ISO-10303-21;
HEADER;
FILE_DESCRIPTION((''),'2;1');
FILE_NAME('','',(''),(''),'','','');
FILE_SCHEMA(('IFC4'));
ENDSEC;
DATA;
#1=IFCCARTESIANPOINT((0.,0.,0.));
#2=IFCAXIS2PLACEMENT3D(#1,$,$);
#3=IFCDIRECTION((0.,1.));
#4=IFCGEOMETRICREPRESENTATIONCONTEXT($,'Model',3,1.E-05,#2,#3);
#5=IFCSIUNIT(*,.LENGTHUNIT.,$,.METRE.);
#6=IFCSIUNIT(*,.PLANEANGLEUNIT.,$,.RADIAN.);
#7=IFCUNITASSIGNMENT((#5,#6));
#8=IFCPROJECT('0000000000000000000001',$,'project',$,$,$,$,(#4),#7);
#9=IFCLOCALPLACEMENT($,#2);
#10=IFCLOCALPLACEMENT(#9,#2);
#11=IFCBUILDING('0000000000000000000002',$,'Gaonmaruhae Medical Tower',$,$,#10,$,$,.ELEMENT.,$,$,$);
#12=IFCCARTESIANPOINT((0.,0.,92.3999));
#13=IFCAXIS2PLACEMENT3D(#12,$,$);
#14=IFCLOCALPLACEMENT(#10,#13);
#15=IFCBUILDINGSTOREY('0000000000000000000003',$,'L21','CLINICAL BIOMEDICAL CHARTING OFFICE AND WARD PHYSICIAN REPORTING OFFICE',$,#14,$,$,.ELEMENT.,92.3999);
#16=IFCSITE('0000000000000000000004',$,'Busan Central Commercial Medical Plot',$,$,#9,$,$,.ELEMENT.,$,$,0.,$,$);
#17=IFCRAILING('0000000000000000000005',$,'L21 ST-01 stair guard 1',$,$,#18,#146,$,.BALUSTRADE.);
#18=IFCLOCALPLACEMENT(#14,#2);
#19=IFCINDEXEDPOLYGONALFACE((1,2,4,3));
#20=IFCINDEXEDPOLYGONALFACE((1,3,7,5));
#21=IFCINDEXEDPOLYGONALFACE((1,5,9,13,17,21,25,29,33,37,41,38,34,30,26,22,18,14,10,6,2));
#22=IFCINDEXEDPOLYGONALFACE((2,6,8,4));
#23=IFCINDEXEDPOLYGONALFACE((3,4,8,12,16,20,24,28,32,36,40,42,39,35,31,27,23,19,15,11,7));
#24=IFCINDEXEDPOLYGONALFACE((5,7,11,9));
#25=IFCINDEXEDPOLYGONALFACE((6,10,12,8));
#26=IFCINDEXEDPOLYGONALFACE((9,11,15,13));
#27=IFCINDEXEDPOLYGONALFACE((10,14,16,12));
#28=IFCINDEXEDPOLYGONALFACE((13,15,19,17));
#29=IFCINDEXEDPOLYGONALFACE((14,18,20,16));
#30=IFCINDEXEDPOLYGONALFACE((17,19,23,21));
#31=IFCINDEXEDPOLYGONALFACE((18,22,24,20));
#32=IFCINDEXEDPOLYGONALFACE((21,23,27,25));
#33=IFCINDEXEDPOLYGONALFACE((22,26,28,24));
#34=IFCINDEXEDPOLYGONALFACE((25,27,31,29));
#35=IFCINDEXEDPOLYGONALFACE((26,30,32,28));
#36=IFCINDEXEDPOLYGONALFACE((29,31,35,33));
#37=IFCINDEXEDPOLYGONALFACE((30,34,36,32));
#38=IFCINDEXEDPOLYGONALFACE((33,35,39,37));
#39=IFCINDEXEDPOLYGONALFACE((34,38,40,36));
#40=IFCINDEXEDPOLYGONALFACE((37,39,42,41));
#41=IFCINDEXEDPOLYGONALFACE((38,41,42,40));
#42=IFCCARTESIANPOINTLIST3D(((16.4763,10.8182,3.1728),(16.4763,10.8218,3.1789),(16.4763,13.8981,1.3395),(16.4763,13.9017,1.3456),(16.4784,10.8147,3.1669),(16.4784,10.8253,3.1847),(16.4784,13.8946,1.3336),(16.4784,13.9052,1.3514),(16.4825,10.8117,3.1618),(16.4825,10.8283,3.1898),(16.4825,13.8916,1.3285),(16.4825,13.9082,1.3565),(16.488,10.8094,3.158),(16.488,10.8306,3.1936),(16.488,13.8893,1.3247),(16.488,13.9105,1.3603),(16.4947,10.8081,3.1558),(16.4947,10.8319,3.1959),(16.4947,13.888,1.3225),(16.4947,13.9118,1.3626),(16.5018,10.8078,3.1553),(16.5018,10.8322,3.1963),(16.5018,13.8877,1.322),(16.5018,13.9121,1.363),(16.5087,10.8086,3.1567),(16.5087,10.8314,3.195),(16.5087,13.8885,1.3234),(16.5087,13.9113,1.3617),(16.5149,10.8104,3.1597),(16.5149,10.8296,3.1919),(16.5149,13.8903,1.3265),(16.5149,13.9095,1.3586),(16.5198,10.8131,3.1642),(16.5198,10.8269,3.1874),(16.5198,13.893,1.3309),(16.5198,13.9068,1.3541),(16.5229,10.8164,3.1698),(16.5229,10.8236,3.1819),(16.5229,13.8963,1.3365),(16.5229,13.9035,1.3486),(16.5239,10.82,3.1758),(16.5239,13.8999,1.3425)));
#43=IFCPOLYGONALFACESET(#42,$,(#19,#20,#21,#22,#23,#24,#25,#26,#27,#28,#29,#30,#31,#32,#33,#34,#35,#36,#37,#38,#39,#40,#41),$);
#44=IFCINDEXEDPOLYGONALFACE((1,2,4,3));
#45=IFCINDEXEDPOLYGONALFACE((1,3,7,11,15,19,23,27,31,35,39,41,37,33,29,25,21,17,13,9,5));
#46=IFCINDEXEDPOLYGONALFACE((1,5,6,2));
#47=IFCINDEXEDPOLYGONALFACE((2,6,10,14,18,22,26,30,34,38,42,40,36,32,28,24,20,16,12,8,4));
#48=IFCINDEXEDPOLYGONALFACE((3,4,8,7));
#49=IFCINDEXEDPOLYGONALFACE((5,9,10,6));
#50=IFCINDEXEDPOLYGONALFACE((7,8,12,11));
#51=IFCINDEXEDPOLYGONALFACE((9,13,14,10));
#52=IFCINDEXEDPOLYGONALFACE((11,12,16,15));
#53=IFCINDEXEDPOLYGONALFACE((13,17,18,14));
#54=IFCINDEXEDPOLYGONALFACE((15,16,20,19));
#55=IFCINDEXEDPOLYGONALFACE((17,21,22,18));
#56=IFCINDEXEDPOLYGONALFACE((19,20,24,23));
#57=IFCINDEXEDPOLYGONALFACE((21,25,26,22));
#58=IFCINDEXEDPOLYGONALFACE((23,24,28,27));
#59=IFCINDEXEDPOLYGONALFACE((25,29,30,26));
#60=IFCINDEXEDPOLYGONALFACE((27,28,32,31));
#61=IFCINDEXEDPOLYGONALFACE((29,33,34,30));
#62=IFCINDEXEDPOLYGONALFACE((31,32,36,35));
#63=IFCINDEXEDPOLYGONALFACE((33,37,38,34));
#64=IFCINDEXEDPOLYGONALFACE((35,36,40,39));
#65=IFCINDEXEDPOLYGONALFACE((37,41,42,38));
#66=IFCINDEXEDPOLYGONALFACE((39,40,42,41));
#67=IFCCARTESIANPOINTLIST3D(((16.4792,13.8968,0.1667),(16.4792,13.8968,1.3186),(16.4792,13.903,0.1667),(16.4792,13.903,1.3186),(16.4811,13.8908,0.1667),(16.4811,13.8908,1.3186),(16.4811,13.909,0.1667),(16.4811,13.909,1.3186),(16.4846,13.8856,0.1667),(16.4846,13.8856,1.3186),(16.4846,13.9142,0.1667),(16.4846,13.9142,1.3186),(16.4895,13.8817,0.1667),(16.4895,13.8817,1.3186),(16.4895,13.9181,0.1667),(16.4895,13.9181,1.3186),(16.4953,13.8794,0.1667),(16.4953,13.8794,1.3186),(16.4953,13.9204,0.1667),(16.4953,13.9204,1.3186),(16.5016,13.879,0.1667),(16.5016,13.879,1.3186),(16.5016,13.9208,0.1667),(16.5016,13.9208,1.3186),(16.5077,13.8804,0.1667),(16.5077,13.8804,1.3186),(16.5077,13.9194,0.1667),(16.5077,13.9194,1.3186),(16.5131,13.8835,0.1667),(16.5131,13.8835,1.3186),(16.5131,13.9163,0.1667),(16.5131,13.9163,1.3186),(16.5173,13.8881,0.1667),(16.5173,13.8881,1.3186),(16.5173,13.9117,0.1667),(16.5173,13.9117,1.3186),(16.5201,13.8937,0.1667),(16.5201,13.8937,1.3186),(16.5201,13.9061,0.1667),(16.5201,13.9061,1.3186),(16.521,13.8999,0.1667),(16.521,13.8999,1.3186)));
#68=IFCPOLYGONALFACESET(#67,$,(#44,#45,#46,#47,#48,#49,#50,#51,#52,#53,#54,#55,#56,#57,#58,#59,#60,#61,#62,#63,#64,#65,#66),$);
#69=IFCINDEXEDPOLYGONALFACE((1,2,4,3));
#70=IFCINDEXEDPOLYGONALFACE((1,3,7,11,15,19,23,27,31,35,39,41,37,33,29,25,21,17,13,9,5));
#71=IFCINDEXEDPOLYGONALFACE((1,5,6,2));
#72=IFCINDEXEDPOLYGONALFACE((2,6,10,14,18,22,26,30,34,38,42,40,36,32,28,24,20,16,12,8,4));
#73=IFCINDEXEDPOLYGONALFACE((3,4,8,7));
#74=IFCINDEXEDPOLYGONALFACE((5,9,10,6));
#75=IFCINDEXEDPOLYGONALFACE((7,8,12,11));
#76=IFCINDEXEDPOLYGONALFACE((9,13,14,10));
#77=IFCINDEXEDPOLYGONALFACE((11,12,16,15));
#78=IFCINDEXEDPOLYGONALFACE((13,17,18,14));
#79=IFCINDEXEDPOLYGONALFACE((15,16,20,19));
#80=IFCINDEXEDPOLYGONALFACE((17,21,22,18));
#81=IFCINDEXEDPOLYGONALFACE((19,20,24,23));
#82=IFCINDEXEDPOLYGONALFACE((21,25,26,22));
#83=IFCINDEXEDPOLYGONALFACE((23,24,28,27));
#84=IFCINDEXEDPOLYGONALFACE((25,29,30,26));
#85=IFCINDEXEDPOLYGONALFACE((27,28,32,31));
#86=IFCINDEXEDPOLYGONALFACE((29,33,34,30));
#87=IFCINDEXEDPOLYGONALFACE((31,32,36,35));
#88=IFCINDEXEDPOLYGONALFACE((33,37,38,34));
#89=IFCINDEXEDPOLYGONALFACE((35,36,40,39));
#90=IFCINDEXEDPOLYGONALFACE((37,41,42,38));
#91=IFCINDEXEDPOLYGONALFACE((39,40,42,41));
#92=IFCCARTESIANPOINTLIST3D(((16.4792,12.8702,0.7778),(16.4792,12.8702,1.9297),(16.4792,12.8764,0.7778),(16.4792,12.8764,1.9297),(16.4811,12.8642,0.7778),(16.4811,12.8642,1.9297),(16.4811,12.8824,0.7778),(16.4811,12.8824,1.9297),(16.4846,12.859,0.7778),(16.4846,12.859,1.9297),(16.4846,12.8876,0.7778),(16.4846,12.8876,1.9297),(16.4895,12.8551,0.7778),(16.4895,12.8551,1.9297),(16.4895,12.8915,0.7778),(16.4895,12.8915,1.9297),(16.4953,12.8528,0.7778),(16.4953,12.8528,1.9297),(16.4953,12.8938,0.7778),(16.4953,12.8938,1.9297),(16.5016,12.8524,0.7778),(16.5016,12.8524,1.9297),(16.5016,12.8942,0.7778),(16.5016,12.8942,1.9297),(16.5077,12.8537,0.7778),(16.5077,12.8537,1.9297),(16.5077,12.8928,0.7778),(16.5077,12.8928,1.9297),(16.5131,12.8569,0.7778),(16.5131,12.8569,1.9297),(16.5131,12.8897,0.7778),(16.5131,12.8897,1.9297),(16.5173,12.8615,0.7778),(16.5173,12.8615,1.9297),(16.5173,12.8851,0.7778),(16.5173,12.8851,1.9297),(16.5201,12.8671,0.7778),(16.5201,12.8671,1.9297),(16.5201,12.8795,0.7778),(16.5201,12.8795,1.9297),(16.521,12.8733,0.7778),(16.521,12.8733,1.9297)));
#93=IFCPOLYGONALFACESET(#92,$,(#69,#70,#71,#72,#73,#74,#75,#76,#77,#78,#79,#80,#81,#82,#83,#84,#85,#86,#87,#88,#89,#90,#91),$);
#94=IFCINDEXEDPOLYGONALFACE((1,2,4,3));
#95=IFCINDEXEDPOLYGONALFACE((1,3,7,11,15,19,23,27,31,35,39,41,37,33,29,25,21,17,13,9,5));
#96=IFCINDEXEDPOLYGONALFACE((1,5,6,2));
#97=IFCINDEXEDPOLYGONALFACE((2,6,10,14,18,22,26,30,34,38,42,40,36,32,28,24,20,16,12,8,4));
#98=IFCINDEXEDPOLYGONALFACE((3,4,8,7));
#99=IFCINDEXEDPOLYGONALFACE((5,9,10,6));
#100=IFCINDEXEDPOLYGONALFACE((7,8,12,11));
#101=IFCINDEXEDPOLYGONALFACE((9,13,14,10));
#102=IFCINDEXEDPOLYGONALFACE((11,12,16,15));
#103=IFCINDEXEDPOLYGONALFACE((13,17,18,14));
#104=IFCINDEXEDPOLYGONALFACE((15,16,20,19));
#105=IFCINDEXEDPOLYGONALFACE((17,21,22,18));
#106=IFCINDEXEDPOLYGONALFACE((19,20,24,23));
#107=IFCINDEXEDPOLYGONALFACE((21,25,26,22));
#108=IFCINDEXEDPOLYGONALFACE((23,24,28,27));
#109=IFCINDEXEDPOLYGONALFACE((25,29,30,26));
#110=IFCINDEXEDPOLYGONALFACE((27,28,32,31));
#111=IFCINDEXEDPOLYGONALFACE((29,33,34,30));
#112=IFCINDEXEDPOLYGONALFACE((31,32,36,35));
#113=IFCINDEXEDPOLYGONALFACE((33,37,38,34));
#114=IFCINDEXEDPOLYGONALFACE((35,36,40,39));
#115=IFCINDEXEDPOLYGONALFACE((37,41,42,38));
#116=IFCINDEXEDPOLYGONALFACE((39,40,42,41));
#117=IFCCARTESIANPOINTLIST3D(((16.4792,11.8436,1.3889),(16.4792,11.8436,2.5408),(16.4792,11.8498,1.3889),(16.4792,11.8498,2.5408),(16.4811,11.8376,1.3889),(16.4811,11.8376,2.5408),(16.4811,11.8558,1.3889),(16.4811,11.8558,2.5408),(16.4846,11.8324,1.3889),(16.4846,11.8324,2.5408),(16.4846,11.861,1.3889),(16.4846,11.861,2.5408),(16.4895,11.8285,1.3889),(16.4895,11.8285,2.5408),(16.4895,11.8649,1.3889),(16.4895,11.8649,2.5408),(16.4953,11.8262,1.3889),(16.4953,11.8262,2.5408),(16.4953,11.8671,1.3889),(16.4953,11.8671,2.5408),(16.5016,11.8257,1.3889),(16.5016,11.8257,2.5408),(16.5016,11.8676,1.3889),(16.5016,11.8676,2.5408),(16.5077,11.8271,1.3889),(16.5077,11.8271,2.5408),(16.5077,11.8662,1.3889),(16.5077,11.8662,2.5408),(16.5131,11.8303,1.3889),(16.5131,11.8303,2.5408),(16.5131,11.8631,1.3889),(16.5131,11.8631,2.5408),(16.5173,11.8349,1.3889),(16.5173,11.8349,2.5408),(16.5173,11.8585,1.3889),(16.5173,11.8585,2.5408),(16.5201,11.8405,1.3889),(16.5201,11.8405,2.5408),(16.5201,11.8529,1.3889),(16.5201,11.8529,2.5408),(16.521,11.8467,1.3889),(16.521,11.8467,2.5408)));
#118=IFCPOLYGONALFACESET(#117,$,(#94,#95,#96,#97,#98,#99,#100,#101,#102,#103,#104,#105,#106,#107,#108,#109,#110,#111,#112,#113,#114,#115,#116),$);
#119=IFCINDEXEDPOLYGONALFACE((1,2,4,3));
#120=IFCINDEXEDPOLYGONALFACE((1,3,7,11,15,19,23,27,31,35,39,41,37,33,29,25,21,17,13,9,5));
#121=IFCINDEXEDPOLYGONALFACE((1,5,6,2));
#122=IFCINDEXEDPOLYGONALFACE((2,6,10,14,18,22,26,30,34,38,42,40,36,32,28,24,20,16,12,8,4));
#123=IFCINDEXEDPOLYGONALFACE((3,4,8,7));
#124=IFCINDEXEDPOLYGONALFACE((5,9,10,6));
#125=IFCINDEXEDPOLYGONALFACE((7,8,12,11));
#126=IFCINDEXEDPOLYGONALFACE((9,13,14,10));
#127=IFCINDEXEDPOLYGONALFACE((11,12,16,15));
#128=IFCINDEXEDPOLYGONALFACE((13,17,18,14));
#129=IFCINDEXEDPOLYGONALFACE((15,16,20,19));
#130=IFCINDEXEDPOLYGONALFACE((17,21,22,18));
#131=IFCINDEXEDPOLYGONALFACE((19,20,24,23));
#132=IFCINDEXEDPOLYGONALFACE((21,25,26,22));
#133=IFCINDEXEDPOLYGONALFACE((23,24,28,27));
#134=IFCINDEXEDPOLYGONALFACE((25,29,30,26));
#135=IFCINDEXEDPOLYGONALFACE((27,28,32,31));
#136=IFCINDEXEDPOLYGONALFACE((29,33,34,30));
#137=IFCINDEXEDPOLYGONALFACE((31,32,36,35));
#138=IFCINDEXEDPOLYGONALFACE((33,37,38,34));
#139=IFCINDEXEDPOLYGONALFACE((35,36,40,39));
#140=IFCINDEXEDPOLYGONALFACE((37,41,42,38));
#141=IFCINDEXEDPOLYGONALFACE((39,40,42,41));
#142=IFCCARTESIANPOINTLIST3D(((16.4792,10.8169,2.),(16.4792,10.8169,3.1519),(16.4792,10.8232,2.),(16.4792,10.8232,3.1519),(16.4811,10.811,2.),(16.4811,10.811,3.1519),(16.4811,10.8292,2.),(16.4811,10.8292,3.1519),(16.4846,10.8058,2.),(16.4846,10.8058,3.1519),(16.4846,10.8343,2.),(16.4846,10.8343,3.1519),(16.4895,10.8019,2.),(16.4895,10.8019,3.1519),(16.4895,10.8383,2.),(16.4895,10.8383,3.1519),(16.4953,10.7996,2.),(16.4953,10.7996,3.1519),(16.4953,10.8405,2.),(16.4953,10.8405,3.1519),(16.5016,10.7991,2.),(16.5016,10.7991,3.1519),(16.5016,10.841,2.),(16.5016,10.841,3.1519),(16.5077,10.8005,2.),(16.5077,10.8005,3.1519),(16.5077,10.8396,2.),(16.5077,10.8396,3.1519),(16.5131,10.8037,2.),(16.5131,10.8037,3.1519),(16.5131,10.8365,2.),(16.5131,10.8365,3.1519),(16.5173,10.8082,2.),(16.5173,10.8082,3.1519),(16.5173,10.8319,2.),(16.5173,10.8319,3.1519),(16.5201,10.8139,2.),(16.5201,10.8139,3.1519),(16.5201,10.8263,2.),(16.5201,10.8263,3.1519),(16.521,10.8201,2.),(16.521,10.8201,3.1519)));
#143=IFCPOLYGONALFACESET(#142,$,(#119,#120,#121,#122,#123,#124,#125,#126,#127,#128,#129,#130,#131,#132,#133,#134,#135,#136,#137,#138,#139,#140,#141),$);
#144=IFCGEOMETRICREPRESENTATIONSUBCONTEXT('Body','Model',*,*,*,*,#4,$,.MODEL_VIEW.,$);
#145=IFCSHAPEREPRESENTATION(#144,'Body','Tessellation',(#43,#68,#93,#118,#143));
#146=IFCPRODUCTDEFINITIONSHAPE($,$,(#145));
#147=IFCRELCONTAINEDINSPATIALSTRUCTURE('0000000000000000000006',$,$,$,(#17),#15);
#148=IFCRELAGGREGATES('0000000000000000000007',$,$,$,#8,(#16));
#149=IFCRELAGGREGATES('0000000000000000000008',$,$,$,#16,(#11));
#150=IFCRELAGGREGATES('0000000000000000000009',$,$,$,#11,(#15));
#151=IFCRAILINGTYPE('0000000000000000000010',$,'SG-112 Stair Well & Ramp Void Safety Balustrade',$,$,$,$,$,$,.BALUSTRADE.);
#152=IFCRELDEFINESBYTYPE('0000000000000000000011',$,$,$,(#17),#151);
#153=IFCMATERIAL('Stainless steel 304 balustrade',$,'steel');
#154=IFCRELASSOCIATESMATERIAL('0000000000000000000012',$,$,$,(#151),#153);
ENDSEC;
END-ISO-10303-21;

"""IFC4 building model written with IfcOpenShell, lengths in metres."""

from ifc_helpers import new_model, si_unit, direction, frame, origin, origin_2d, place, context, subcontext, project, spatial, circle, extrude, material, type_object, element, save


model = new_model("IFC4")

# Units and contexts
model_context = context("Model", 3, precision=1e-05, world=origin(), true_north=direction((0.0, 1.0)))
body_context = subcontext(model_context, "Body", "Model", "MODEL_VIEW")
ifc_project = project(units=[si_unit("LENGTHUNIT", "METRE"), si_unit("PLANEANGLEUNIT", "RADIAN")], contexts=[model_context])

# Site, building, storey
site_placement = place(None, origin())
site = spatial("IfcSite", under=ifc_project, at=site_placement, Name="Busan Central Commercial Medical Plot", CompositionType="ELEMENT", RefElevation=0.0)
building_placement = place(site_placement, origin())
building = spatial("IfcBuilding", under=site, at=building_placement, Name="Gaonmaruhae Medical Tower", CompositionType="ELEMENT")
storey_placement = place(building_placement, frame((0.0, 0.0, 92.3999)))
storey = spatial("IfcBuildingStorey", under=building, at=storey_placement, Name="L21", Description="CLINICAL BIOMEDICAL CHARTING OFFICE AND WARD PHYSICIAN REPORTING OFFICE", CompositionType="ELEMENT", Elevation=92.3999)

# Railing
ifc_material_1 = material(Name="Stainless steel 304 balustrade", Category="steel")
railing_type_1 = type_object("IfcRailingType", Name="SG-112 Stair Well & Ramp Void Safety Balustrade", PredefinedType="BALUSTRADE", material=ifc_material_1)
railing_1_placement = place(storey_placement, frame((16.5, 13.8999, 0.1667)))
element("IfcRailing", 1, at=railing_1_placement, inside=storey, type_object=railing_type_1, Name="L21 ST-01 stair guard 1", PredefinedType="BALUSTRADE", context=body_context, shape_type="SweptSolid", body=[
    extrude(circle(Radius=0.0239, at=origin_2d()), frame((0.0, 0.0, 1.1758), z_axis=(0.0, -0.859291, 0.511487), x_axis=(1.0, 0.0, 0.0)), (0.0, 0.0, 1.0), 3.5842),
    extrude(circle(Radius=0.021, at=origin_2d()), origin(), (0.0, 0.0, 1.0), 1.1519),
    extrude(circle(Radius=0.021, at=origin_2d()), frame((0.0, -1.0266, 0.6111)), (0.0, 0.0, 1.0), 1.1519),
    extrude(circle(Radius=0.021, at=origin_2d()), frame((0.0, -2.0532, 1.2222)), (0.0, 0.0, 1.0), 1.1519),
    extrude(circle(Radius=0.021, at=origin_2d()), frame((0.0, -3.0798, 1.8333)), (0.0, 0.0, 1.0), 1.1519),
])

save(model, "model.ifc")
